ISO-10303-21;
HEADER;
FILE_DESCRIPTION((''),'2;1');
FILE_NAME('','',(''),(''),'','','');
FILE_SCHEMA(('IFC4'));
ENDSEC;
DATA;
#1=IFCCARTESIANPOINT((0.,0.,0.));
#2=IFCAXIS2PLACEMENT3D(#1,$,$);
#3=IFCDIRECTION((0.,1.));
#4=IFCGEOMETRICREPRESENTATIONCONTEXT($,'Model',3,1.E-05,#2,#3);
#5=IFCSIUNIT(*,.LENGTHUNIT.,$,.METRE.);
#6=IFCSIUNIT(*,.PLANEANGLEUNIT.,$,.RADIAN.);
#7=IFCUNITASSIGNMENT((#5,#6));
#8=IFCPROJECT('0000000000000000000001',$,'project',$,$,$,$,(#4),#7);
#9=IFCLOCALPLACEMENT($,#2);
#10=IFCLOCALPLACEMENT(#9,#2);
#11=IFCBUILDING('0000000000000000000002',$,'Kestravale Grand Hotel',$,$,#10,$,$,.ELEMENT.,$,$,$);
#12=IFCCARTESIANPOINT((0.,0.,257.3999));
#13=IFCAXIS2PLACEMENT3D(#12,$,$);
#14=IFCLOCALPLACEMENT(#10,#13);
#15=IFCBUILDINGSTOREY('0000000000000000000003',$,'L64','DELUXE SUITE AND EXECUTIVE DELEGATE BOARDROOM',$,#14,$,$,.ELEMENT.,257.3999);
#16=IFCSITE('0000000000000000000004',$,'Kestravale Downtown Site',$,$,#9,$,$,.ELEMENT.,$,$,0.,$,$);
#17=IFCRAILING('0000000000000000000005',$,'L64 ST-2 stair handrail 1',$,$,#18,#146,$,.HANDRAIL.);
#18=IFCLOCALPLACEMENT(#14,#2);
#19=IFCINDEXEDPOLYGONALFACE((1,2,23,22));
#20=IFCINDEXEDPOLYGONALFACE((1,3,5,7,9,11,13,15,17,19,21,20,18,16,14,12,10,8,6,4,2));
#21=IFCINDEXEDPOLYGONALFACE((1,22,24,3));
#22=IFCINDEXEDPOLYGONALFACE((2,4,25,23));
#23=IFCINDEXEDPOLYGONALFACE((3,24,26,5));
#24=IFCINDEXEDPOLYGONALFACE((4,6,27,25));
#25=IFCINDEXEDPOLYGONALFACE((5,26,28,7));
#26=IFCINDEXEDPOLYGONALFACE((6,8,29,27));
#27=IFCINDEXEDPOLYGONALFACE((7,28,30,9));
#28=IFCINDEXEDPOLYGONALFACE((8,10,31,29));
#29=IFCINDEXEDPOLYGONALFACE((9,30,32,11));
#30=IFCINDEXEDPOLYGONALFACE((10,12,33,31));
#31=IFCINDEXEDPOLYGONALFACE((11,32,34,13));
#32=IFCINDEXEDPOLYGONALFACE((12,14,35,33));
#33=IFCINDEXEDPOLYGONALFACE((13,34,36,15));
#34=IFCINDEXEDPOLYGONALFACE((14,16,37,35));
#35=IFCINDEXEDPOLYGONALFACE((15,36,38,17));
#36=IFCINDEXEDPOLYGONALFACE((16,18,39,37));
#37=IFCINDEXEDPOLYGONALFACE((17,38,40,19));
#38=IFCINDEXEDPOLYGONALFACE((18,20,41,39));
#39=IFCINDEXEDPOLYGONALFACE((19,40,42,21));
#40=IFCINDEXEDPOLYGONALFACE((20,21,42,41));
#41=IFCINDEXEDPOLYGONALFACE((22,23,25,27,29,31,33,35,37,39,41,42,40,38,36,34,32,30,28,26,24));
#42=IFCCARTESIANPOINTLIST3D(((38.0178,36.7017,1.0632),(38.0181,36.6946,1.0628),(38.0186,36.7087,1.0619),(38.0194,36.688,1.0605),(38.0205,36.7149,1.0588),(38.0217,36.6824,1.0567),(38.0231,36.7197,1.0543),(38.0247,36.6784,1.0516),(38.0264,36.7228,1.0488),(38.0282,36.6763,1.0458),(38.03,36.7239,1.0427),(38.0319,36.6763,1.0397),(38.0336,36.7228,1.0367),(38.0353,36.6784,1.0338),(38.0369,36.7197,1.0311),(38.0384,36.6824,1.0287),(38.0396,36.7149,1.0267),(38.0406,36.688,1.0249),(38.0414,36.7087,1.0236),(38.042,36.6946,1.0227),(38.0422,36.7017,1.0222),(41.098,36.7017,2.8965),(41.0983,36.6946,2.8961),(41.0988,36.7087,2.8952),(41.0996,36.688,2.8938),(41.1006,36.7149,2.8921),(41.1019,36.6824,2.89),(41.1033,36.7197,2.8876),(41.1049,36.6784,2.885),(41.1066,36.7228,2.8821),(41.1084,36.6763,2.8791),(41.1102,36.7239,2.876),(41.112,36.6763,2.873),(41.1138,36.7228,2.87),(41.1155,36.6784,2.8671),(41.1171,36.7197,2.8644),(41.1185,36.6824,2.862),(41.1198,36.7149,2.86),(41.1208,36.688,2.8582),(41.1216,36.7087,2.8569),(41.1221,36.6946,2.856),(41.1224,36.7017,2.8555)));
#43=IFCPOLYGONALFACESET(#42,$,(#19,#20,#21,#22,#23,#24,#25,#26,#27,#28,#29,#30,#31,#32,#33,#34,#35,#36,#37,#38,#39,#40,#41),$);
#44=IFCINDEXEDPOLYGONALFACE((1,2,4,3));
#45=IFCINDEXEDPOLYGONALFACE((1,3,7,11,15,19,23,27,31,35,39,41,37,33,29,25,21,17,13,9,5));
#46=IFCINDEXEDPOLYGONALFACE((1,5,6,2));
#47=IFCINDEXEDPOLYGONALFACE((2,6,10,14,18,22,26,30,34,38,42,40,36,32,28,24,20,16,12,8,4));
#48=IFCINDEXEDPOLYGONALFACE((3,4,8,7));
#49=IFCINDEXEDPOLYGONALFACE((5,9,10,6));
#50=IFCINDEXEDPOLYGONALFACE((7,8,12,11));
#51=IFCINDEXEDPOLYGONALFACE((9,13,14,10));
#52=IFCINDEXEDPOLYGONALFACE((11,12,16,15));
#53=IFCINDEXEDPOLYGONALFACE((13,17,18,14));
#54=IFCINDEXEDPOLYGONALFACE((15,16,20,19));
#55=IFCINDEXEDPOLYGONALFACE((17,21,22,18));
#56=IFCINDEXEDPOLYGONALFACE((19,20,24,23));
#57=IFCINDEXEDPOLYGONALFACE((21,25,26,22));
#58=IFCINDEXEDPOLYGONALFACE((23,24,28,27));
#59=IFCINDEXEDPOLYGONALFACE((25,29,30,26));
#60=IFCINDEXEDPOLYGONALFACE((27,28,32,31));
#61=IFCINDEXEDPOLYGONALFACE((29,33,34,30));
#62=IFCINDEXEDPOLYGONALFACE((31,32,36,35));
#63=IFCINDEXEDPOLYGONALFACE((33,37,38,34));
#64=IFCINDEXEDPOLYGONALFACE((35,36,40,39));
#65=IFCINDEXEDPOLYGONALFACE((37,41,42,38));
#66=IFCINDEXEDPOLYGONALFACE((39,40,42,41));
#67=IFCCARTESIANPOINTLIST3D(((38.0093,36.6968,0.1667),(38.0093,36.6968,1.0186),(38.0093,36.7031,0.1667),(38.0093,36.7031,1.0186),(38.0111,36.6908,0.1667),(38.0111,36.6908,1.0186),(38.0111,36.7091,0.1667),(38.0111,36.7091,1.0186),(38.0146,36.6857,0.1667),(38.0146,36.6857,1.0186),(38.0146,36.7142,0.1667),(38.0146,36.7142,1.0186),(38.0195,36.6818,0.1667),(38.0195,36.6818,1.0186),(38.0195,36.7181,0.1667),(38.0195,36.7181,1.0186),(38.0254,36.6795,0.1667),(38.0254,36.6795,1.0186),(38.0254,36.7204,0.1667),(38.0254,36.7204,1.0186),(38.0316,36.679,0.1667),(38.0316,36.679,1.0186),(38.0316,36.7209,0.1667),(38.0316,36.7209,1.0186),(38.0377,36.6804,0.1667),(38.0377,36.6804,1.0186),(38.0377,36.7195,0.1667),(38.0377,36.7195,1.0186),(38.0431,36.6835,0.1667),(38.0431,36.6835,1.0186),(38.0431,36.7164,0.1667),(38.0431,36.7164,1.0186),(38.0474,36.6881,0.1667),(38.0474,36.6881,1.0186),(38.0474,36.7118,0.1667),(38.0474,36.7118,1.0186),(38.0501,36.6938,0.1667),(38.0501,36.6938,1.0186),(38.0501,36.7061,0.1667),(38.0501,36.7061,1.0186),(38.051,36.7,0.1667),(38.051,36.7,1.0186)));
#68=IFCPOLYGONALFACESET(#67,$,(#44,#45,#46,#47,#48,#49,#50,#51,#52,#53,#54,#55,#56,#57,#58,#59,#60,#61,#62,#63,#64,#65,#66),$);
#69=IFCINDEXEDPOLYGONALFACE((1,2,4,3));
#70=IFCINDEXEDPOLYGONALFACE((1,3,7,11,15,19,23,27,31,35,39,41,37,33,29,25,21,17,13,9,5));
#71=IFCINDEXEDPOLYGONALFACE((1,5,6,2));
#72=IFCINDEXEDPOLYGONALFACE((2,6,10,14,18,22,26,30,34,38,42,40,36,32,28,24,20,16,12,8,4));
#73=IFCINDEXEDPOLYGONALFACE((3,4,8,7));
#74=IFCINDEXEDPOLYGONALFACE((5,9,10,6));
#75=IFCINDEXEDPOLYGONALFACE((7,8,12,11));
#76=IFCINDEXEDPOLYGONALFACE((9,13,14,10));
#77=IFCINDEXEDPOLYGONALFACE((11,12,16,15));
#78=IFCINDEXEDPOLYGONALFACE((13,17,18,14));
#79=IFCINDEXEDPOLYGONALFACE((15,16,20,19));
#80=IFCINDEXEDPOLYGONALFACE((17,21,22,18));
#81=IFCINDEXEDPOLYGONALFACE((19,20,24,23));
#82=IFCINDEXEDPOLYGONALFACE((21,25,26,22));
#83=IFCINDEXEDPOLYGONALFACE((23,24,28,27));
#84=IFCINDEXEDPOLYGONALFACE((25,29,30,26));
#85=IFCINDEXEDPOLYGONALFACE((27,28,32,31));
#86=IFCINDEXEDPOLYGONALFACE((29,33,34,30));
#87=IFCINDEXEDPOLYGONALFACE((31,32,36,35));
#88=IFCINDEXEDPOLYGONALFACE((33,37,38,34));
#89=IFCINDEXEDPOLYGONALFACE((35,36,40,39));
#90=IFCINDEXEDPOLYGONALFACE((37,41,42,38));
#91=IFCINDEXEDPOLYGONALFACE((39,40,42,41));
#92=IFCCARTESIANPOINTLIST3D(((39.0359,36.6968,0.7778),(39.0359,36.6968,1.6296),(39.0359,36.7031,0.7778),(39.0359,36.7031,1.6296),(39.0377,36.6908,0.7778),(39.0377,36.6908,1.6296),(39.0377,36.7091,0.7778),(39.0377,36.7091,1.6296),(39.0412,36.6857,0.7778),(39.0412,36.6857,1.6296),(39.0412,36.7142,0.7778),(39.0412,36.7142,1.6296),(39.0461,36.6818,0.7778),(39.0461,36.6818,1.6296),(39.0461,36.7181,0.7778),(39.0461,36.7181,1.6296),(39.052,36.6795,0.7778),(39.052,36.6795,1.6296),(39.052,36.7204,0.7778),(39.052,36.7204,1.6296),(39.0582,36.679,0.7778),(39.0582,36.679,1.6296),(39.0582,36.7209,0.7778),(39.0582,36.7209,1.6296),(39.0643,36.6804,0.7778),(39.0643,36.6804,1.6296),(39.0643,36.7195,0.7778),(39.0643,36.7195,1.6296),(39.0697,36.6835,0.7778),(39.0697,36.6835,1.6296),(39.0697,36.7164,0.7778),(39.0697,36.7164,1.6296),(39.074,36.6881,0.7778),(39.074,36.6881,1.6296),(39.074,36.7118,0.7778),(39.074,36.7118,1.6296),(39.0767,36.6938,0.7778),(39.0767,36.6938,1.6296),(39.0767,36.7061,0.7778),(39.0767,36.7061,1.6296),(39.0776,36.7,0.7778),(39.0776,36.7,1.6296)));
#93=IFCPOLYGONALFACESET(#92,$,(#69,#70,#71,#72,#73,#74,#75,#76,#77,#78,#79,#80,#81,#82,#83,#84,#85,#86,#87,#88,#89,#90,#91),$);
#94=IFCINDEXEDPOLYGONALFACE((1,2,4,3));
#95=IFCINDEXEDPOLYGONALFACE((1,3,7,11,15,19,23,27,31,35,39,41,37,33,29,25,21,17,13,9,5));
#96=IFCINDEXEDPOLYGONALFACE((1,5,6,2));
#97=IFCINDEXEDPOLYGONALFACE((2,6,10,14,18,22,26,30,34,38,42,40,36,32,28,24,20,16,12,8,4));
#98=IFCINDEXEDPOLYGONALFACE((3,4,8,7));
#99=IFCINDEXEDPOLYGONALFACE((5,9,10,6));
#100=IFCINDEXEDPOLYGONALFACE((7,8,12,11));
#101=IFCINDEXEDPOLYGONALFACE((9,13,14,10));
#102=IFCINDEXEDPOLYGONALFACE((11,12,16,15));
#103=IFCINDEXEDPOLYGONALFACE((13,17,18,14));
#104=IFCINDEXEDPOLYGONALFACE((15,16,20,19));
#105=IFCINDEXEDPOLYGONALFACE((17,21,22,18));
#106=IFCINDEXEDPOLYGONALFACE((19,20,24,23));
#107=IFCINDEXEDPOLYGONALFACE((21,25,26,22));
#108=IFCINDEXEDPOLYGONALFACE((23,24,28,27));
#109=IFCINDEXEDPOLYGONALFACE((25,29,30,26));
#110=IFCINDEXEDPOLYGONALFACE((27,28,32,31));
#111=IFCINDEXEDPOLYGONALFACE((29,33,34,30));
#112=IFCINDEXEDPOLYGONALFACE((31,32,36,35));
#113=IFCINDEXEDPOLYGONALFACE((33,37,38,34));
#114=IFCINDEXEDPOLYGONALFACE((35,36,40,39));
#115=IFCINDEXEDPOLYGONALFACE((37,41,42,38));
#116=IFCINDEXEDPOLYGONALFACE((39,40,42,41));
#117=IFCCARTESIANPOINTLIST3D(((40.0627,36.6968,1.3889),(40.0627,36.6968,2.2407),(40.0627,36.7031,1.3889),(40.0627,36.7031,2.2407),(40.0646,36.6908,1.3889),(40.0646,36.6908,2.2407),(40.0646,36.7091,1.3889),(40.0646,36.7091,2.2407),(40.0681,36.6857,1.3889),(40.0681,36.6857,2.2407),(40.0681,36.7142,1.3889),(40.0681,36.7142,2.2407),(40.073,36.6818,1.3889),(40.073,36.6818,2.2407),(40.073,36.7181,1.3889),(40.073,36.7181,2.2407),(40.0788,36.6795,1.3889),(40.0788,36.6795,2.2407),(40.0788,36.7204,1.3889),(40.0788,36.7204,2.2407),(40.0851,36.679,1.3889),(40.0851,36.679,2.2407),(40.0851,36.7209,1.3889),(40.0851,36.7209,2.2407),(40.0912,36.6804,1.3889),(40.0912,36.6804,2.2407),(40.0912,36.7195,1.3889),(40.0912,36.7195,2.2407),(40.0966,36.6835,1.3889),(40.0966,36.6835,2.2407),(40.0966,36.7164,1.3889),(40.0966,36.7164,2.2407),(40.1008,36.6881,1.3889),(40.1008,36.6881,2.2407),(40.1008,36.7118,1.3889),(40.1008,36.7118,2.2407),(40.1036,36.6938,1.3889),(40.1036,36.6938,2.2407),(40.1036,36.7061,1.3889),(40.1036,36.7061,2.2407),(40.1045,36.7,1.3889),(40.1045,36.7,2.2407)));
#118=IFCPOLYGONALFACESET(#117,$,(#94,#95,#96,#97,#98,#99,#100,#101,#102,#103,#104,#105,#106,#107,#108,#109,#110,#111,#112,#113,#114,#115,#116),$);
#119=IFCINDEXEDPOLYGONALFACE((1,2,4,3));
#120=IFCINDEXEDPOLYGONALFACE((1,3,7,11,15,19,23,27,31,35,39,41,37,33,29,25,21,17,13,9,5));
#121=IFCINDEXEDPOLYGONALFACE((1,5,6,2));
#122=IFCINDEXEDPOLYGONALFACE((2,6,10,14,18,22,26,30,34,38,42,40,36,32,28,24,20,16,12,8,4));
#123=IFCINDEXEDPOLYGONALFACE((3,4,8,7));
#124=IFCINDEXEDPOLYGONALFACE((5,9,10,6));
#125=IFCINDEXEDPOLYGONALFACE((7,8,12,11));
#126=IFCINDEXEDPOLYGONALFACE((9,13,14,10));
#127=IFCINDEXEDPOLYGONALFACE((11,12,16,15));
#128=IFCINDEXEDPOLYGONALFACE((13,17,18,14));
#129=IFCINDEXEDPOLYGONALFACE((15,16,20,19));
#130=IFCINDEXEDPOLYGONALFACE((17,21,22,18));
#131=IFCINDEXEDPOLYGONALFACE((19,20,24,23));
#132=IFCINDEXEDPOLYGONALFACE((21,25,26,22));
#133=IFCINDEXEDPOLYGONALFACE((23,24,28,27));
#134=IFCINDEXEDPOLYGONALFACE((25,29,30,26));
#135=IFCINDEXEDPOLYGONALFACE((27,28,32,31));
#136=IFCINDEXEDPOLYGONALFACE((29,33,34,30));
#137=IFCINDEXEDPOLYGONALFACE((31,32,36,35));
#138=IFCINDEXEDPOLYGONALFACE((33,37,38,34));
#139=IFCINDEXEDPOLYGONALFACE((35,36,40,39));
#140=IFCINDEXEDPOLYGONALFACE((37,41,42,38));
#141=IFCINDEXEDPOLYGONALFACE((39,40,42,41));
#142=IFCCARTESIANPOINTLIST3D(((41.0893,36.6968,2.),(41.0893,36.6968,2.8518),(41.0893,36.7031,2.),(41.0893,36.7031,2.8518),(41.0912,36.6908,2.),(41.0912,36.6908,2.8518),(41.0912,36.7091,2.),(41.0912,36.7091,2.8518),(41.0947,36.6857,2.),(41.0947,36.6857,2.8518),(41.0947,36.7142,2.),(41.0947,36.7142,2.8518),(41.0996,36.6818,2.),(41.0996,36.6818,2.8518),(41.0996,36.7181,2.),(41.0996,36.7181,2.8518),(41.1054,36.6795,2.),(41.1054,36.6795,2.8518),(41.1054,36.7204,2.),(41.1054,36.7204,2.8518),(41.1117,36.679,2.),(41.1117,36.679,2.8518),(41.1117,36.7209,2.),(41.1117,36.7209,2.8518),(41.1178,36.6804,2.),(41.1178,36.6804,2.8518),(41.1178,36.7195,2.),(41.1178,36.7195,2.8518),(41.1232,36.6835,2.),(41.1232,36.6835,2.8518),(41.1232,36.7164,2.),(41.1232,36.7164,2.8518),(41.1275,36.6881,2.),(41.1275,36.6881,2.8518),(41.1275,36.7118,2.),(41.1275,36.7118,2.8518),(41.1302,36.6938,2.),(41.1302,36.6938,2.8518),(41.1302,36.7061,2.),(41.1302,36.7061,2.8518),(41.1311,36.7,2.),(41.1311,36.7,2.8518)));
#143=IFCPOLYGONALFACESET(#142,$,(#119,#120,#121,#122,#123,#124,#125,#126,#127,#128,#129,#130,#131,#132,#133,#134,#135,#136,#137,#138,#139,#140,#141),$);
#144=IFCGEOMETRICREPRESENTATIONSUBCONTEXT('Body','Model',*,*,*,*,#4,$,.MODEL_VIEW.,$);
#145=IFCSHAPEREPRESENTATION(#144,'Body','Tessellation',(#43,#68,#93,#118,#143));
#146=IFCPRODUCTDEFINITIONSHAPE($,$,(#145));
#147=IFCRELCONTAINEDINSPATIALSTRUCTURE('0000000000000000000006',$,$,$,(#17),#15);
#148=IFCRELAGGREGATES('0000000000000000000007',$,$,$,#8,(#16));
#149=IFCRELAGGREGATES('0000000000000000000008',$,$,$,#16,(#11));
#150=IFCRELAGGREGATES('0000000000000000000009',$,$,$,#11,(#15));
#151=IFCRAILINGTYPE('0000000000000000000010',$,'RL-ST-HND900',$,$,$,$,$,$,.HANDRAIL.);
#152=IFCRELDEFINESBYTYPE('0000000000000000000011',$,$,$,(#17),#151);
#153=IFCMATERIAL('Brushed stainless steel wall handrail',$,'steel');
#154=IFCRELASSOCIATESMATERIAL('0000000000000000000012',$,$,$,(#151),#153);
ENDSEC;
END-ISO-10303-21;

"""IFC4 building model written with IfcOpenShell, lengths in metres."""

from ifc_helpers import new_model, si_unit, direction, frame, origin, origin_2d, place, context, subcontext, project, spatial, circle, extrude, material, type_object, element, save


model = new_model("IFC4")

# Units and contexts
model_context = context("Model", 3, precision=1e-05, world=origin(), true_north=direction((0.0, 1.0)))
body_context = subcontext(model_context, "Body", "Model", "MODEL_VIEW")
ifc_project = project(units=[si_unit("LENGTHUNIT", "METRE"), si_unit("PLANEANGLEUNIT", "RADIAN")], contexts=[model_context])

# Site, building, storey
site_placement = place(None, origin())
site = spatial("IfcSite", under=ifc_project, at=site_placement, Name="Kestravale Downtown Site", CompositionType="ELEMENT", RefElevation=0.0)
building_placement = place(site_placement, origin())
building = spatial("IfcBuilding", under=site, at=building_placement, Name="Kestravale Grand Hotel", CompositionType="ELEMENT")
storey_placement = place(building_placement, frame((0.0, 0.0, 257.3999)))
storey = spatial("IfcBuildingStorey", under=building, at=storey_placement, Name="L64", Description="DELUXE SUITE AND EXECUTIVE DELEGATE BOARDROOM", CompositionType="ELEMENT", Elevation=257.3999)

# Railing
ifc_material_1 = material(Name="Brushed stainless steel wall handrail", Category="steel")
railing_type_1 = type_object("IfcRailingType", Name="RL-ST-HND900", PredefinedType="HANDRAIL", material=ifc_material_1)
for number, where, name in (
    (1, (38.03, 36.7, 0.1667), "L64 ST-2 stair handrail 1"),
):
    element("IfcRailing", number, at=place(storey_placement, frame(where)), inside=storey, type_object=railing_type_1, Name=name, PredefinedType="HANDRAIL", context=body_context, shape_type="SweptSolid", body=[
        extrude(circle(Radius=0.0239, at=origin_2d()), frame((0.0, 0.0, 0.876), z_axis=(0.859309, 0.0, 0.511458), x_axis=(0.0, 1.0, 0.0)), (0.0, 0.0, 1.0), 3.5845),
        extrude(circle(Radius=0.021, at=origin_2d()), origin(), (0.0, 0.0, 1.0), 0.8518),
        extrude(circle(Radius=0.021, at=origin_2d()), frame((1.0266, 0.0, 0.6111)), (0.0, 0.0, 1.0), 0.8518),
        extrude(circle(Radius=0.021, at=origin_2d()), frame((2.0535, 0.0, 1.2222)), (0.0, 0.0, 1.0), 0.8518),
        extrude(circle(Radius=0.021, at=origin_2d()), frame((3.0801, 0.0, 1.8333)), (0.0, 0.0, 1.0), 0.8518),
    ])

save(model, "model.ifc")
